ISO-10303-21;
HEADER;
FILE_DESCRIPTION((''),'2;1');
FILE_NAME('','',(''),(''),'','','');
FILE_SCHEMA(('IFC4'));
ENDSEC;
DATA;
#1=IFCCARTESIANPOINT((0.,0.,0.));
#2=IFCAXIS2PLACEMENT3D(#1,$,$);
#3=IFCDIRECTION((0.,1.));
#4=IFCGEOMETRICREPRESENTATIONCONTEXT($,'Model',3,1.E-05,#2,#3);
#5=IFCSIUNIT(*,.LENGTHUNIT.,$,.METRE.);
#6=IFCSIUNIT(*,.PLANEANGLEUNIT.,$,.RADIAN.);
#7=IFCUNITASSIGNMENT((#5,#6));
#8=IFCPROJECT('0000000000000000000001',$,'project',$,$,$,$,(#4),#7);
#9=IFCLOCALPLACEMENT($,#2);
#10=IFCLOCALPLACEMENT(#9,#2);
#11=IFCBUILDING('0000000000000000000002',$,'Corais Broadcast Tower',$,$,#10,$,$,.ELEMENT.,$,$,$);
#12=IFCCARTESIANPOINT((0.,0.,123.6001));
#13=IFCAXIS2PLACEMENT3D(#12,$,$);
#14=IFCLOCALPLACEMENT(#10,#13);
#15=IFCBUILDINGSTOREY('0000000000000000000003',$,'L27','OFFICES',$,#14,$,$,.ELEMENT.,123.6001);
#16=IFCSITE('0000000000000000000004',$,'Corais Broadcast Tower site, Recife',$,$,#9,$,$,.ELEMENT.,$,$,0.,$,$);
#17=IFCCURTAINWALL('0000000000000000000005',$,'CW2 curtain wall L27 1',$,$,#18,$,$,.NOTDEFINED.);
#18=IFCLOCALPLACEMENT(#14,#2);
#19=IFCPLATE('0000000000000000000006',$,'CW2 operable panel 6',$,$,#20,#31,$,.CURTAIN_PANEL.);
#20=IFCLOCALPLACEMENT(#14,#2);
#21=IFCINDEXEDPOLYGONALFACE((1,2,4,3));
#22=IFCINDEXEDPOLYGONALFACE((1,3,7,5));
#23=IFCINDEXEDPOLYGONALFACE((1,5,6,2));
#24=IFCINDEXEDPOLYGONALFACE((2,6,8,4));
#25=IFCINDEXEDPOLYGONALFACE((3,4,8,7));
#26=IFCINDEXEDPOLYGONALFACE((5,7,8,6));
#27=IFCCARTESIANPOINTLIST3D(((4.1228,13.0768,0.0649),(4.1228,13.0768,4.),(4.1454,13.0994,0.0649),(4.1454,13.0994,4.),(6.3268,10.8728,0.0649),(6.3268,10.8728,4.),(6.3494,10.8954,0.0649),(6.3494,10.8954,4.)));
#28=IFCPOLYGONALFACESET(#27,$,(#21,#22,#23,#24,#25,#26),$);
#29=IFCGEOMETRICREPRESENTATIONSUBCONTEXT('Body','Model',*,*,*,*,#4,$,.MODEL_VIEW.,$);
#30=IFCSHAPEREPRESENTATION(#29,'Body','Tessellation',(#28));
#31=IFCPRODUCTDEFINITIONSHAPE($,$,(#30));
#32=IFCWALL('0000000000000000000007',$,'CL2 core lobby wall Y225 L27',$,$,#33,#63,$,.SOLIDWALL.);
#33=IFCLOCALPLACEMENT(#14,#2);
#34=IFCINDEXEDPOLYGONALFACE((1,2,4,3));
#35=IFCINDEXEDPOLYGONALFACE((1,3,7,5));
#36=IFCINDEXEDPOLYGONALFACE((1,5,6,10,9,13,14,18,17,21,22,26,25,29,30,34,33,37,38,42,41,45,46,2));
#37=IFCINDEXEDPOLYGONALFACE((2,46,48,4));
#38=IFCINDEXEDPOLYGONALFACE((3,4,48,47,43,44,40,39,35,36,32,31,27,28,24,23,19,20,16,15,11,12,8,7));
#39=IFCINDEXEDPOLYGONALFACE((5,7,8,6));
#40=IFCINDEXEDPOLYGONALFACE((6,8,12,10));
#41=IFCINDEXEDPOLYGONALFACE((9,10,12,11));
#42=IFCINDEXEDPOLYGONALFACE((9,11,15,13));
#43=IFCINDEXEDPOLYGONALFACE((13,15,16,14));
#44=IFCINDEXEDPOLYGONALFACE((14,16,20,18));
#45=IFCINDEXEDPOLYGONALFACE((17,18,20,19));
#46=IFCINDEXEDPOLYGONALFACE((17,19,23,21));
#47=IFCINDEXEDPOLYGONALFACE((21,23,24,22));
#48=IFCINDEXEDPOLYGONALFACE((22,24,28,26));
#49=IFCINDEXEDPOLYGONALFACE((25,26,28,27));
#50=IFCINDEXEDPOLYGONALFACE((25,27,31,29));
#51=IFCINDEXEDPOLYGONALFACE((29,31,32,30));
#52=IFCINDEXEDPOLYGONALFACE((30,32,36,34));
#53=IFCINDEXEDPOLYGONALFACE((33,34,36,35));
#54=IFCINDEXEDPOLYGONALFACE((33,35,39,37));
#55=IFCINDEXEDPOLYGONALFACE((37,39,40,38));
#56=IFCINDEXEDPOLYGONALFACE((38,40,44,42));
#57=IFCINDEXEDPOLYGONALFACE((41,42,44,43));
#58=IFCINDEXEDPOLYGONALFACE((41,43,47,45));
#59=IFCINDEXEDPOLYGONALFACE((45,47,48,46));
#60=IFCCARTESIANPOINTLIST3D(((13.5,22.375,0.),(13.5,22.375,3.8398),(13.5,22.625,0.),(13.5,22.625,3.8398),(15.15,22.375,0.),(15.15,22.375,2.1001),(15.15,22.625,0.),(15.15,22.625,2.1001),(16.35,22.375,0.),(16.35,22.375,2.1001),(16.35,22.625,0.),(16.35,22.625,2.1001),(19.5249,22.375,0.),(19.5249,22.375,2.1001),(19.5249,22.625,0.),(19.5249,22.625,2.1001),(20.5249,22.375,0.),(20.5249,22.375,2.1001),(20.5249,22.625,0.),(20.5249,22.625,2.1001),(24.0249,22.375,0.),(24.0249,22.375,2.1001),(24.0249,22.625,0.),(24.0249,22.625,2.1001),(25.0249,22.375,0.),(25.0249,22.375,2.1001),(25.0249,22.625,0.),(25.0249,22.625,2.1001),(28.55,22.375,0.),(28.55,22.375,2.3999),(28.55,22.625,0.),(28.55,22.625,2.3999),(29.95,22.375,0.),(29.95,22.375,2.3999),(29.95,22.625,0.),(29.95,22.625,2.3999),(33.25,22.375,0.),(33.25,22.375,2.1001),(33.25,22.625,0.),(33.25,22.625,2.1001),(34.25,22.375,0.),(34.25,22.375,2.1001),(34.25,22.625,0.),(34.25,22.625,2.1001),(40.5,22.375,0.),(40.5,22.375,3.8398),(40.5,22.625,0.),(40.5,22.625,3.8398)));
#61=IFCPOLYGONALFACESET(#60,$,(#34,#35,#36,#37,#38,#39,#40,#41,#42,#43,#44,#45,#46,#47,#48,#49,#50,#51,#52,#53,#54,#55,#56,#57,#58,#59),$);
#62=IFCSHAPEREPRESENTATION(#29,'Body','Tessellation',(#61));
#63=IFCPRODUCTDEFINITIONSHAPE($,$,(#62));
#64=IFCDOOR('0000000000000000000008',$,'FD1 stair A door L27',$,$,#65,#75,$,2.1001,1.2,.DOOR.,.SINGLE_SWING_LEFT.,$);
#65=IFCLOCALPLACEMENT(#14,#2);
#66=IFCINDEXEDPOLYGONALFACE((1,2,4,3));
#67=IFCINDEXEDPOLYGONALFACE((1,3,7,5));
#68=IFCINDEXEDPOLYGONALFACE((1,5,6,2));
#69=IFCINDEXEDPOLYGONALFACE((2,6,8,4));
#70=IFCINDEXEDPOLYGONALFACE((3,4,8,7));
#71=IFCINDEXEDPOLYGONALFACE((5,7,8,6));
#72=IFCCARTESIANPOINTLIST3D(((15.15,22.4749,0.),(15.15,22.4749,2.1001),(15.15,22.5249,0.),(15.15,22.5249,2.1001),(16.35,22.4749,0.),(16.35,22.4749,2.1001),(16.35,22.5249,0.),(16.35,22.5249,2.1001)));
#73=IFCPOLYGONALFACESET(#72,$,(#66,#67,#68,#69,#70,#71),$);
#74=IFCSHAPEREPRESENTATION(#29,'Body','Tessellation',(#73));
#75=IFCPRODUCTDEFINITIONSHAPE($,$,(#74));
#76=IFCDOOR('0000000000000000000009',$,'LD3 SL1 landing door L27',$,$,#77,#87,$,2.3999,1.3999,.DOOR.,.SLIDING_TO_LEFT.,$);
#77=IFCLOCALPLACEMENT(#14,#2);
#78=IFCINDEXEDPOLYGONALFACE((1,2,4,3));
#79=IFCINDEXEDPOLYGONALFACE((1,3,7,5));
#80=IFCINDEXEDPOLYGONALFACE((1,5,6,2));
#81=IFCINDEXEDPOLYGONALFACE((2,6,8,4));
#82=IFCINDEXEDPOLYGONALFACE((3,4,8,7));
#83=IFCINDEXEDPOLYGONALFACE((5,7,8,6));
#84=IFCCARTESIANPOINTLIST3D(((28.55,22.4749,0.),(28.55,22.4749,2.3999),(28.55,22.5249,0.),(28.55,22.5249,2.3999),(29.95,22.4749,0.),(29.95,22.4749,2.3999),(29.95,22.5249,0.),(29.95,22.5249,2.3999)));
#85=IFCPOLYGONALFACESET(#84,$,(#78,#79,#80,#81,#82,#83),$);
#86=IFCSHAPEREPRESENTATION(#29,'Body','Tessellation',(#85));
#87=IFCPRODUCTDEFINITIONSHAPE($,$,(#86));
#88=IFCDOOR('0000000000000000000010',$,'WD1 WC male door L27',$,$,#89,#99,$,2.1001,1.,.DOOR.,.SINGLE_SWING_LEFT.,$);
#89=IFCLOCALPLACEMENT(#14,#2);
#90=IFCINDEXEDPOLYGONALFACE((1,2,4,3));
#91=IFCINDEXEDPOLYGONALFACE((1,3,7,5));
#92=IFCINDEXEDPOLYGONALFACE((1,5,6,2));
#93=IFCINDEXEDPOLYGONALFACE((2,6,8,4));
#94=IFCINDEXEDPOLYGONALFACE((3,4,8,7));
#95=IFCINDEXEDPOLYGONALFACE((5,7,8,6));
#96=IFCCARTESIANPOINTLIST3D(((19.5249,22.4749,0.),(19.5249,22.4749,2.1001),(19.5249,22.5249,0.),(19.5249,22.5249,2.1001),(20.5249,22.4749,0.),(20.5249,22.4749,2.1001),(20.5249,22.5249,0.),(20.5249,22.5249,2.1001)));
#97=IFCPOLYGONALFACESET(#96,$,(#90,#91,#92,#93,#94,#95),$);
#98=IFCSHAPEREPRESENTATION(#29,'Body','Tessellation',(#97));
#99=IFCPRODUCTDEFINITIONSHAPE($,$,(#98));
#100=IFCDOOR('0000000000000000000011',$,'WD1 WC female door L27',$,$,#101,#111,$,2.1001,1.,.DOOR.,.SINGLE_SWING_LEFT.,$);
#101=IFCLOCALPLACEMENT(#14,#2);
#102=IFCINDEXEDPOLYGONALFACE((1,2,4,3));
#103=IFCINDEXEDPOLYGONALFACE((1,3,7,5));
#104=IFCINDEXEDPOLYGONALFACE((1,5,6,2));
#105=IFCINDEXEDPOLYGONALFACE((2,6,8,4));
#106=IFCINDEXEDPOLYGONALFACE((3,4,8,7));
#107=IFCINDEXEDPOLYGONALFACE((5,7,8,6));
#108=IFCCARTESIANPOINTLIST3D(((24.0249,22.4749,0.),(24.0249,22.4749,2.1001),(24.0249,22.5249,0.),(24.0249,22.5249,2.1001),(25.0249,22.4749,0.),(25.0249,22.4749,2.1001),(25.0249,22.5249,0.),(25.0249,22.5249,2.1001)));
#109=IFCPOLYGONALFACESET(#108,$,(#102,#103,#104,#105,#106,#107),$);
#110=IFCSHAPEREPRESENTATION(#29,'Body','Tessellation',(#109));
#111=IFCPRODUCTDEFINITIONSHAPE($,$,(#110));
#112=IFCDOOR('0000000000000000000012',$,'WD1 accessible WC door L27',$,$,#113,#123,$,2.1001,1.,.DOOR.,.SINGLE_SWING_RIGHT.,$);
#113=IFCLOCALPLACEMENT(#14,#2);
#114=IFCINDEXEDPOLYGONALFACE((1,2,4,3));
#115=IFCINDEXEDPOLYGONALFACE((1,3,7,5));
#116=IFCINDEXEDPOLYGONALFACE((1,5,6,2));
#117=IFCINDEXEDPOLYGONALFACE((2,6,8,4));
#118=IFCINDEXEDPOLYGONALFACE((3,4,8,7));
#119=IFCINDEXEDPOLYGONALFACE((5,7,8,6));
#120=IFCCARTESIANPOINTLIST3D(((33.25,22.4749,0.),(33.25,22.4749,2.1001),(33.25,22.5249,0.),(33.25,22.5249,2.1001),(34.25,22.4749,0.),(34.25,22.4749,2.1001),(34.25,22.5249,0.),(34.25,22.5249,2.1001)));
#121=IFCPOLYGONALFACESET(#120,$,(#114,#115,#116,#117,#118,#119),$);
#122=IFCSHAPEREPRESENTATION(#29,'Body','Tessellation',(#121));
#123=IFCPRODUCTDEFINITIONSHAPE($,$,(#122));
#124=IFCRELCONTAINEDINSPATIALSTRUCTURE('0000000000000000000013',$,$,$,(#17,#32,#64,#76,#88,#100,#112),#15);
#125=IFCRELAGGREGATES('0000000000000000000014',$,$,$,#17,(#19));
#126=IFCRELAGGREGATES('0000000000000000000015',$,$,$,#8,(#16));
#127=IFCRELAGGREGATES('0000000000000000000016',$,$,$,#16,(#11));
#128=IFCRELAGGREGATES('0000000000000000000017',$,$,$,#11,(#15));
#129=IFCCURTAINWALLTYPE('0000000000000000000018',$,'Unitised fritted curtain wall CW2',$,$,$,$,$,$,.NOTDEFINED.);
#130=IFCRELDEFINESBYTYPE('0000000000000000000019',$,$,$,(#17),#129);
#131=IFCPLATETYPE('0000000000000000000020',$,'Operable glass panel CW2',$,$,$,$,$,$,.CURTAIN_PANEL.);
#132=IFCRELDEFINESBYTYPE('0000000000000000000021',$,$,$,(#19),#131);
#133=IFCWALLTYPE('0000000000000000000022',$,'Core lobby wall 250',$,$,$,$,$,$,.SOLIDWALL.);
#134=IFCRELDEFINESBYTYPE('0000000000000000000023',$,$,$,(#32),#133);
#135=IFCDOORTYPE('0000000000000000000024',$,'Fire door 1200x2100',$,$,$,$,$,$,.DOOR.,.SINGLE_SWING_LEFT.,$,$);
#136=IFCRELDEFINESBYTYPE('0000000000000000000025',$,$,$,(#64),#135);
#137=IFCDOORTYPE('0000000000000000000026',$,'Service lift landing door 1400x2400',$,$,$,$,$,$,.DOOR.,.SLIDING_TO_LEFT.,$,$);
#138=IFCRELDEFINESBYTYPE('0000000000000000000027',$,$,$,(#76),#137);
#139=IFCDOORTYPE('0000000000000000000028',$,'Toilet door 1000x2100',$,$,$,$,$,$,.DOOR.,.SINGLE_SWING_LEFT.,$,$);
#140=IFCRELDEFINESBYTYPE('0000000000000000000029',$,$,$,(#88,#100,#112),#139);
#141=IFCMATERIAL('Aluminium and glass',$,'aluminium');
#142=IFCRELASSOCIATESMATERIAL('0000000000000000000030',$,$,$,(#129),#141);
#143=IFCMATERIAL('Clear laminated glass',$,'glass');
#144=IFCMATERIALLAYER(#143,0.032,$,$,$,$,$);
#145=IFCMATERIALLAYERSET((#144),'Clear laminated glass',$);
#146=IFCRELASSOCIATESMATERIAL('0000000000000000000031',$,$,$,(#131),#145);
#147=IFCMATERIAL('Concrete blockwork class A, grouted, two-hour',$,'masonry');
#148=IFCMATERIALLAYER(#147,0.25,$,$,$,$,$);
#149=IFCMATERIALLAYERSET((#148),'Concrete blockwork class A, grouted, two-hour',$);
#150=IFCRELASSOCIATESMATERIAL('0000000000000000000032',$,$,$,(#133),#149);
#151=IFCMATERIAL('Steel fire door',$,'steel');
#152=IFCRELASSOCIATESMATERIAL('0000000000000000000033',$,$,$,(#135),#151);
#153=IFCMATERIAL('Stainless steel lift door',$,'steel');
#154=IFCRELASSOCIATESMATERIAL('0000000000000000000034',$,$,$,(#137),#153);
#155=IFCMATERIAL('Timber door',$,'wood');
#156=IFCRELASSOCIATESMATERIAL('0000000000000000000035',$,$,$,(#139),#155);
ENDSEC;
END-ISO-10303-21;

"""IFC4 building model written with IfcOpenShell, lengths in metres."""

from ifc_helpers import new_model, si_unit, direction, frame, frame_2d, origin, origin_2d, place, context, subcontext, project, spatial, rectangle, extrude, material, layer, layer_set, type_object, element, fill, aggregate, save


model = new_model("IFC4")

# Units and contexts
model_context = context("Model", 3, precision=1e-05, world=origin(), true_north=direction((0.0, 1.0)))
body_context = subcontext(model_context, "Body", "Model", "MODEL_VIEW")
ifc_project = project(units=[si_unit("LENGTHUNIT", "METRE"), si_unit("PLANEANGLEUNIT", "RADIAN")], contexts=[model_context])

# Site, building, storey
site_placement = place(None, origin())
site = spatial("IfcSite", under=ifc_project, at=site_placement, Name="Corais Broadcast Tower site, Recife", CompositionType="ELEMENT", RefElevation=0.0)
building_placement = place(site_placement, origin())
building = spatial("IfcBuilding", under=site, at=building_placement, Name="Corais Broadcast Tower", CompositionType="ELEMENT")
storey_placement = place(building_placement, frame((0.0, 0.0, 123.6001)))
storey = spatial("IfcBuildingStorey", under=building, at=storey_placement, Name="L27", Description="OFFICES", CompositionType="ELEMENT", Elevation=123.6001)

# Curtain wall, plate
ifc_material_1 = material(Name="Aluminium and glass", Category="aluminium")
curtain_wall_type = type_object("IfcCurtainWallType", Name="Unitised fritted curtain wall CW2", PredefinedType="NOTDEFINED", material=ifc_material_1)
curtain_wall_placement = place(storey_placement, origin())
curtain_wall = element("IfcCurtainWall", 1, at=curtain_wall_placement, inside=storey, type_object=curtain_wall_type, Name="CW2 curtain wall L27 1", PredefinedType="NOTDEFINED")
ifc_material_2 = material(Name="Clear laminated glass", Category="glass")
ifc_layer_1 = layer(ifc_material_2, 0.032)
ifc_layer_set_1 = layer_set([ifc_layer_1], Name="Clear laminated glass")
plate_type = type_object("IfcPlateType", Name="Operable glass panel CW2", PredefinedType="CURTAIN_PANEL", material=ifc_layer_set_1)
plate_placement = place(storey_placement, frame((5.2361, 11.9861, 0.0649), z_axis=(0.0, 0.0, 1.0), x_axis=(-0.707107, 0.707107, 0.0)))
plate = element("IfcPlate", 2, at=plate_placement, type_object=plate_type, Name="CW2 operable panel 6", PredefinedType="CURTAIN_PANEL", context=body_context, shape_type="SweptSolid", body=[
    extrude(rectangle(XDim=3.1169, YDim=0.032, at=origin_2d()), origin(), (0.0, 0.0, 1.0), 3.9351),
])
aggregate(curtain_wall, [plate])

# Wall, openings, doors
ifc_material_3 = material(Name="Concrete blockwork class A, grouted, two-hour", Category="masonry")
ifc_layer_2 = layer(ifc_material_3, 0.25)
ifc_layer_set_2 = layer_set([ifc_layer_2], Name="Concrete blockwork class A, grouted, two-hour")
wall_type_1 = type_object("IfcWallType", Name="Core lobby wall 250", PredefinedType="SOLIDWALL", material=ifc_layer_set_2)
wall_1_placement = place(storey_placement, frame((13.5, 22.5, 0.0), z_axis=(0.0, 0.0, 1.0), x_axis=(1.0, 0.0, 0.0)))
wall_1 = element("IfcWall", 3, at=wall_1_placement, inside=storey, type_object=wall_type_1, Name="CL2 core lobby wall Y225 L27", PredefinedType="SOLIDWALL", context=body_context, shape_type="SweptSolid", body=[
    extrude(rectangle(XDim=27.0, YDim=0.25, at=frame_2d((13.5, 0.0))), origin(), (0.0, 0.0, 1.0), 3.8398),
])
opening_1_placement = place(wall_1_placement, frame((1.6499, 0.0, 0.0)))
opening_1 = element("IfcOpeningElement", 4, at=opening_1_placement, cuts=wall_1, PredefinedType="OPENING", context=body_context, shape_type="SweptSolid", body=[
    extrude(rectangle(XDim=1.2, YDim=2.1001, at=frame_2d((0.6001, 1.05))), frame((0.0, 0.135, 0.0), z_axis=(0.0, -1.0, 0.0), x_axis=(1.0, 0.0, 0.0)), (0.0, 0.0, 1.0), 0.27),
])
opening_2_placement = place(wall_1_placement, frame((6.0249, 0.0, 0.0)))
opening_2 = element("IfcOpeningElement", 5, at=opening_2_placement, cuts=wall_1, PredefinedType="OPENING", context=body_context, shape_type="SweptSolid", body=[
    extrude(rectangle(XDim=1.0, YDim=2.1001, at=frame_2d((0.5, 1.05))), frame((0.0, 0.135, 0.0), z_axis=(0.0, -1.0, 0.0), x_axis=(1.0, 0.0, 0.0)), (0.0, 0.0, 1.0), 0.27),
])
opening_3_placement = place(wall_1_placement, frame((10.5249, 0.0, 0.0)))
opening_3 = element("IfcOpeningElement", 6, at=opening_3_placement, cuts=wall_1, PredefinedType="OPENING", context=body_context, shape_type="SweptSolid", body=[
    extrude(rectangle(XDim=1.0, YDim=2.1001, at=frame_2d((0.5, 1.05))), frame((0.0, 0.135, 0.0), z_axis=(0.0, -1.0, 0.0), x_axis=(1.0, 0.0, 0.0)), (0.0, 0.0, 1.0), 0.27),
])
opening_4_placement = place(wall_1_placement, frame((19.75, 0.0, 0.0)))
opening_4 = element("IfcOpeningElement", 7, at=opening_4_placement, cuts=wall_1, PredefinedType="OPENING", context=body_context, shape_type="SweptSolid", body=[
    extrude(rectangle(XDim=1.0, YDim=2.1001, at=frame_2d((0.5, 1.05))), frame((0.0, 0.135, 0.0), z_axis=(0.0, -1.0, 0.0), x_axis=(1.0, 0.0, 0.0)), (0.0, 0.0, 1.0), 0.27),
])
opening_5_placement = place(wall_1_placement, frame((15.05, 0.0, 0.0)))
opening_5 = element("IfcOpeningElement", 8, at=opening_5_placement, cuts=wall_1, PredefinedType="OPENING", context=body_context, shape_type="SweptSolid", body=[
    extrude(rectangle(XDim=1.3999, YDim=2.3999, at=frame_2d((0.7, 1.2))), frame((0.0, 0.135, 0.0), z_axis=(0.0, -1.0, 0.0), x_axis=(1.0, 0.0, 0.0)), (0.0, 0.0, 1.0), 0.27),
])
ifc_material_4 = material(Name="Steel fire door", Category="steel")
door_type_1 = type_object("IfcDoorType", Name="Fire door 1200x2100", OperationType="SINGLE_SWING_LEFT", PredefinedType="DOOR", material=ifc_material_4)
door_1_placement = place(opening_1_placement, origin())
door_1 = element("IfcDoor", 9, at=door_1_placement, inside=storey, type_object=door_type_1, Name="FD1 stair A door L27", OperationType="SINGLE_SWING_LEFT", OverallHeight=2.1001, OverallWidth=1.2, PredefinedType="DOOR", context=body_context, shape_type="SweptSolid", body=[
    extrude(rectangle(XDim=1.2, YDim=2.1001, at=frame_2d((0.6001, 1.05))), frame((0.0, 0.0249, 0.0), z_axis=(0.0, -1.0, 0.0), x_axis=(1.0, 0.0, 0.0)), (0.0, 0.0, 1.0), 0.05),
])
fill(opening_1, door_1)
ifc_material_5 = material(Name="Stainless steel lift door", Category="steel")
door_type_2 = type_object("IfcDoorType", Name="Service lift landing door 1400x2400", OperationType="SLIDING_TO_LEFT", PredefinedType="DOOR", material=ifc_material_5)
door_2_placement = place(opening_5_placement, origin())
door_2 = element("IfcDoor", 10, at=door_2_placement, inside=storey, type_object=door_type_2, Name="LD3 SL1 landing door L27", OperationType="SLIDING_TO_LEFT", OverallHeight=2.3999, OverallWidth=1.3999, PredefinedType="DOOR", context=body_context, shape_type="SweptSolid", body=[
    extrude(rectangle(XDim=1.3999, YDim=2.3999, at=frame_2d((0.7, 1.2))), frame((0.0, 0.0249, 0.0), z_axis=(0.0, -1.0, 0.0), x_axis=(1.0, 0.0, 0.0)), (0.0, 0.0, 1.0), 0.05),
])
fill(opening_5, door_2)
ifc_material_6 = material(Name="Timber door", Category="wood")
door_type_3 = type_object("IfcDoorType", Name="Toilet door 1000x2100", OperationType="SINGLE_SWING_LEFT", PredefinedType="DOOR", material=ifc_material_6)
door_3_placement = place(opening_2_placement, origin())
door_3 = element("IfcDoor", 11, at=door_3_placement, inside=storey, type_object=door_type_3, Name="WD1 WC male door L27", OperationType="SINGLE_SWING_LEFT", OverallHeight=2.1001, OverallWidth=1.0, PredefinedType="DOOR", context=body_context, shape_type="SweptSolid", body=[
    extrude(rectangle(XDim=1.0, YDim=2.1001, at=frame_2d((0.5, 1.05))), frame((0.0, 0.0249, 0.0), z_axis=(0.0, -1.0, 0.0), x_axis=(1.0, 0.0, 0.0)), (0.0, 0.0, 1.0), 0.05),
])
fill(opening_2, door_3)
door_4_placement = place(opening_3_placement, origin())
door_4 = element("IfcDoor", 12, at=door_4_placement, inside=storey, type_object=door_type_3, Name="WD1 WC female door L27", OperationType="SINGLE_SWING_LEFT", OverallHeight=2.1001, OverallWidth=1.0, PredefinedType="DOOR", context=body_context, shape_type="SweptSolid", body=[
    extrude(rectangle(XDim=1.0, YDim=2.1001, at=frame_2d((0.5, 1.05))), frame((0.0, 0.0249, 0.0), z_axis=(0.0, -1.0, 0.0), x_axis=(1.0, 0.0, 0.0)), (0.0, 0.0, 1.0), 0.05),
])
fill(opening_3, door_4)
door_5_placement = place(opening_4_placement, origin())
door_5 = element("IfcDoor", 13, at=door_5_placement, inside=storey, type_object=door_type_3, Name="WD1 accessible WC door L27", OperationType="SINGLE_SWING_RIGHT", OverallHeight=2.1001, OverallWidth=1.0, PredefinedType="DOOR", context=body_context, shape_type="SweptSolid", body=[
    extrude(rectangle(XDim=1.0, YDim=2.1001, at=frame_2d((0.5, 1.05))), frame((0.0, 0.0249, 0.0), z_axis=(0.0, -1.0, 0.0), x_axis=(1.0, 0.0, 0.0)), (0.0, 0.0, 1.0), 0.05),
])
fill(opening_4, door_5)

save(model, "model.ifc")
